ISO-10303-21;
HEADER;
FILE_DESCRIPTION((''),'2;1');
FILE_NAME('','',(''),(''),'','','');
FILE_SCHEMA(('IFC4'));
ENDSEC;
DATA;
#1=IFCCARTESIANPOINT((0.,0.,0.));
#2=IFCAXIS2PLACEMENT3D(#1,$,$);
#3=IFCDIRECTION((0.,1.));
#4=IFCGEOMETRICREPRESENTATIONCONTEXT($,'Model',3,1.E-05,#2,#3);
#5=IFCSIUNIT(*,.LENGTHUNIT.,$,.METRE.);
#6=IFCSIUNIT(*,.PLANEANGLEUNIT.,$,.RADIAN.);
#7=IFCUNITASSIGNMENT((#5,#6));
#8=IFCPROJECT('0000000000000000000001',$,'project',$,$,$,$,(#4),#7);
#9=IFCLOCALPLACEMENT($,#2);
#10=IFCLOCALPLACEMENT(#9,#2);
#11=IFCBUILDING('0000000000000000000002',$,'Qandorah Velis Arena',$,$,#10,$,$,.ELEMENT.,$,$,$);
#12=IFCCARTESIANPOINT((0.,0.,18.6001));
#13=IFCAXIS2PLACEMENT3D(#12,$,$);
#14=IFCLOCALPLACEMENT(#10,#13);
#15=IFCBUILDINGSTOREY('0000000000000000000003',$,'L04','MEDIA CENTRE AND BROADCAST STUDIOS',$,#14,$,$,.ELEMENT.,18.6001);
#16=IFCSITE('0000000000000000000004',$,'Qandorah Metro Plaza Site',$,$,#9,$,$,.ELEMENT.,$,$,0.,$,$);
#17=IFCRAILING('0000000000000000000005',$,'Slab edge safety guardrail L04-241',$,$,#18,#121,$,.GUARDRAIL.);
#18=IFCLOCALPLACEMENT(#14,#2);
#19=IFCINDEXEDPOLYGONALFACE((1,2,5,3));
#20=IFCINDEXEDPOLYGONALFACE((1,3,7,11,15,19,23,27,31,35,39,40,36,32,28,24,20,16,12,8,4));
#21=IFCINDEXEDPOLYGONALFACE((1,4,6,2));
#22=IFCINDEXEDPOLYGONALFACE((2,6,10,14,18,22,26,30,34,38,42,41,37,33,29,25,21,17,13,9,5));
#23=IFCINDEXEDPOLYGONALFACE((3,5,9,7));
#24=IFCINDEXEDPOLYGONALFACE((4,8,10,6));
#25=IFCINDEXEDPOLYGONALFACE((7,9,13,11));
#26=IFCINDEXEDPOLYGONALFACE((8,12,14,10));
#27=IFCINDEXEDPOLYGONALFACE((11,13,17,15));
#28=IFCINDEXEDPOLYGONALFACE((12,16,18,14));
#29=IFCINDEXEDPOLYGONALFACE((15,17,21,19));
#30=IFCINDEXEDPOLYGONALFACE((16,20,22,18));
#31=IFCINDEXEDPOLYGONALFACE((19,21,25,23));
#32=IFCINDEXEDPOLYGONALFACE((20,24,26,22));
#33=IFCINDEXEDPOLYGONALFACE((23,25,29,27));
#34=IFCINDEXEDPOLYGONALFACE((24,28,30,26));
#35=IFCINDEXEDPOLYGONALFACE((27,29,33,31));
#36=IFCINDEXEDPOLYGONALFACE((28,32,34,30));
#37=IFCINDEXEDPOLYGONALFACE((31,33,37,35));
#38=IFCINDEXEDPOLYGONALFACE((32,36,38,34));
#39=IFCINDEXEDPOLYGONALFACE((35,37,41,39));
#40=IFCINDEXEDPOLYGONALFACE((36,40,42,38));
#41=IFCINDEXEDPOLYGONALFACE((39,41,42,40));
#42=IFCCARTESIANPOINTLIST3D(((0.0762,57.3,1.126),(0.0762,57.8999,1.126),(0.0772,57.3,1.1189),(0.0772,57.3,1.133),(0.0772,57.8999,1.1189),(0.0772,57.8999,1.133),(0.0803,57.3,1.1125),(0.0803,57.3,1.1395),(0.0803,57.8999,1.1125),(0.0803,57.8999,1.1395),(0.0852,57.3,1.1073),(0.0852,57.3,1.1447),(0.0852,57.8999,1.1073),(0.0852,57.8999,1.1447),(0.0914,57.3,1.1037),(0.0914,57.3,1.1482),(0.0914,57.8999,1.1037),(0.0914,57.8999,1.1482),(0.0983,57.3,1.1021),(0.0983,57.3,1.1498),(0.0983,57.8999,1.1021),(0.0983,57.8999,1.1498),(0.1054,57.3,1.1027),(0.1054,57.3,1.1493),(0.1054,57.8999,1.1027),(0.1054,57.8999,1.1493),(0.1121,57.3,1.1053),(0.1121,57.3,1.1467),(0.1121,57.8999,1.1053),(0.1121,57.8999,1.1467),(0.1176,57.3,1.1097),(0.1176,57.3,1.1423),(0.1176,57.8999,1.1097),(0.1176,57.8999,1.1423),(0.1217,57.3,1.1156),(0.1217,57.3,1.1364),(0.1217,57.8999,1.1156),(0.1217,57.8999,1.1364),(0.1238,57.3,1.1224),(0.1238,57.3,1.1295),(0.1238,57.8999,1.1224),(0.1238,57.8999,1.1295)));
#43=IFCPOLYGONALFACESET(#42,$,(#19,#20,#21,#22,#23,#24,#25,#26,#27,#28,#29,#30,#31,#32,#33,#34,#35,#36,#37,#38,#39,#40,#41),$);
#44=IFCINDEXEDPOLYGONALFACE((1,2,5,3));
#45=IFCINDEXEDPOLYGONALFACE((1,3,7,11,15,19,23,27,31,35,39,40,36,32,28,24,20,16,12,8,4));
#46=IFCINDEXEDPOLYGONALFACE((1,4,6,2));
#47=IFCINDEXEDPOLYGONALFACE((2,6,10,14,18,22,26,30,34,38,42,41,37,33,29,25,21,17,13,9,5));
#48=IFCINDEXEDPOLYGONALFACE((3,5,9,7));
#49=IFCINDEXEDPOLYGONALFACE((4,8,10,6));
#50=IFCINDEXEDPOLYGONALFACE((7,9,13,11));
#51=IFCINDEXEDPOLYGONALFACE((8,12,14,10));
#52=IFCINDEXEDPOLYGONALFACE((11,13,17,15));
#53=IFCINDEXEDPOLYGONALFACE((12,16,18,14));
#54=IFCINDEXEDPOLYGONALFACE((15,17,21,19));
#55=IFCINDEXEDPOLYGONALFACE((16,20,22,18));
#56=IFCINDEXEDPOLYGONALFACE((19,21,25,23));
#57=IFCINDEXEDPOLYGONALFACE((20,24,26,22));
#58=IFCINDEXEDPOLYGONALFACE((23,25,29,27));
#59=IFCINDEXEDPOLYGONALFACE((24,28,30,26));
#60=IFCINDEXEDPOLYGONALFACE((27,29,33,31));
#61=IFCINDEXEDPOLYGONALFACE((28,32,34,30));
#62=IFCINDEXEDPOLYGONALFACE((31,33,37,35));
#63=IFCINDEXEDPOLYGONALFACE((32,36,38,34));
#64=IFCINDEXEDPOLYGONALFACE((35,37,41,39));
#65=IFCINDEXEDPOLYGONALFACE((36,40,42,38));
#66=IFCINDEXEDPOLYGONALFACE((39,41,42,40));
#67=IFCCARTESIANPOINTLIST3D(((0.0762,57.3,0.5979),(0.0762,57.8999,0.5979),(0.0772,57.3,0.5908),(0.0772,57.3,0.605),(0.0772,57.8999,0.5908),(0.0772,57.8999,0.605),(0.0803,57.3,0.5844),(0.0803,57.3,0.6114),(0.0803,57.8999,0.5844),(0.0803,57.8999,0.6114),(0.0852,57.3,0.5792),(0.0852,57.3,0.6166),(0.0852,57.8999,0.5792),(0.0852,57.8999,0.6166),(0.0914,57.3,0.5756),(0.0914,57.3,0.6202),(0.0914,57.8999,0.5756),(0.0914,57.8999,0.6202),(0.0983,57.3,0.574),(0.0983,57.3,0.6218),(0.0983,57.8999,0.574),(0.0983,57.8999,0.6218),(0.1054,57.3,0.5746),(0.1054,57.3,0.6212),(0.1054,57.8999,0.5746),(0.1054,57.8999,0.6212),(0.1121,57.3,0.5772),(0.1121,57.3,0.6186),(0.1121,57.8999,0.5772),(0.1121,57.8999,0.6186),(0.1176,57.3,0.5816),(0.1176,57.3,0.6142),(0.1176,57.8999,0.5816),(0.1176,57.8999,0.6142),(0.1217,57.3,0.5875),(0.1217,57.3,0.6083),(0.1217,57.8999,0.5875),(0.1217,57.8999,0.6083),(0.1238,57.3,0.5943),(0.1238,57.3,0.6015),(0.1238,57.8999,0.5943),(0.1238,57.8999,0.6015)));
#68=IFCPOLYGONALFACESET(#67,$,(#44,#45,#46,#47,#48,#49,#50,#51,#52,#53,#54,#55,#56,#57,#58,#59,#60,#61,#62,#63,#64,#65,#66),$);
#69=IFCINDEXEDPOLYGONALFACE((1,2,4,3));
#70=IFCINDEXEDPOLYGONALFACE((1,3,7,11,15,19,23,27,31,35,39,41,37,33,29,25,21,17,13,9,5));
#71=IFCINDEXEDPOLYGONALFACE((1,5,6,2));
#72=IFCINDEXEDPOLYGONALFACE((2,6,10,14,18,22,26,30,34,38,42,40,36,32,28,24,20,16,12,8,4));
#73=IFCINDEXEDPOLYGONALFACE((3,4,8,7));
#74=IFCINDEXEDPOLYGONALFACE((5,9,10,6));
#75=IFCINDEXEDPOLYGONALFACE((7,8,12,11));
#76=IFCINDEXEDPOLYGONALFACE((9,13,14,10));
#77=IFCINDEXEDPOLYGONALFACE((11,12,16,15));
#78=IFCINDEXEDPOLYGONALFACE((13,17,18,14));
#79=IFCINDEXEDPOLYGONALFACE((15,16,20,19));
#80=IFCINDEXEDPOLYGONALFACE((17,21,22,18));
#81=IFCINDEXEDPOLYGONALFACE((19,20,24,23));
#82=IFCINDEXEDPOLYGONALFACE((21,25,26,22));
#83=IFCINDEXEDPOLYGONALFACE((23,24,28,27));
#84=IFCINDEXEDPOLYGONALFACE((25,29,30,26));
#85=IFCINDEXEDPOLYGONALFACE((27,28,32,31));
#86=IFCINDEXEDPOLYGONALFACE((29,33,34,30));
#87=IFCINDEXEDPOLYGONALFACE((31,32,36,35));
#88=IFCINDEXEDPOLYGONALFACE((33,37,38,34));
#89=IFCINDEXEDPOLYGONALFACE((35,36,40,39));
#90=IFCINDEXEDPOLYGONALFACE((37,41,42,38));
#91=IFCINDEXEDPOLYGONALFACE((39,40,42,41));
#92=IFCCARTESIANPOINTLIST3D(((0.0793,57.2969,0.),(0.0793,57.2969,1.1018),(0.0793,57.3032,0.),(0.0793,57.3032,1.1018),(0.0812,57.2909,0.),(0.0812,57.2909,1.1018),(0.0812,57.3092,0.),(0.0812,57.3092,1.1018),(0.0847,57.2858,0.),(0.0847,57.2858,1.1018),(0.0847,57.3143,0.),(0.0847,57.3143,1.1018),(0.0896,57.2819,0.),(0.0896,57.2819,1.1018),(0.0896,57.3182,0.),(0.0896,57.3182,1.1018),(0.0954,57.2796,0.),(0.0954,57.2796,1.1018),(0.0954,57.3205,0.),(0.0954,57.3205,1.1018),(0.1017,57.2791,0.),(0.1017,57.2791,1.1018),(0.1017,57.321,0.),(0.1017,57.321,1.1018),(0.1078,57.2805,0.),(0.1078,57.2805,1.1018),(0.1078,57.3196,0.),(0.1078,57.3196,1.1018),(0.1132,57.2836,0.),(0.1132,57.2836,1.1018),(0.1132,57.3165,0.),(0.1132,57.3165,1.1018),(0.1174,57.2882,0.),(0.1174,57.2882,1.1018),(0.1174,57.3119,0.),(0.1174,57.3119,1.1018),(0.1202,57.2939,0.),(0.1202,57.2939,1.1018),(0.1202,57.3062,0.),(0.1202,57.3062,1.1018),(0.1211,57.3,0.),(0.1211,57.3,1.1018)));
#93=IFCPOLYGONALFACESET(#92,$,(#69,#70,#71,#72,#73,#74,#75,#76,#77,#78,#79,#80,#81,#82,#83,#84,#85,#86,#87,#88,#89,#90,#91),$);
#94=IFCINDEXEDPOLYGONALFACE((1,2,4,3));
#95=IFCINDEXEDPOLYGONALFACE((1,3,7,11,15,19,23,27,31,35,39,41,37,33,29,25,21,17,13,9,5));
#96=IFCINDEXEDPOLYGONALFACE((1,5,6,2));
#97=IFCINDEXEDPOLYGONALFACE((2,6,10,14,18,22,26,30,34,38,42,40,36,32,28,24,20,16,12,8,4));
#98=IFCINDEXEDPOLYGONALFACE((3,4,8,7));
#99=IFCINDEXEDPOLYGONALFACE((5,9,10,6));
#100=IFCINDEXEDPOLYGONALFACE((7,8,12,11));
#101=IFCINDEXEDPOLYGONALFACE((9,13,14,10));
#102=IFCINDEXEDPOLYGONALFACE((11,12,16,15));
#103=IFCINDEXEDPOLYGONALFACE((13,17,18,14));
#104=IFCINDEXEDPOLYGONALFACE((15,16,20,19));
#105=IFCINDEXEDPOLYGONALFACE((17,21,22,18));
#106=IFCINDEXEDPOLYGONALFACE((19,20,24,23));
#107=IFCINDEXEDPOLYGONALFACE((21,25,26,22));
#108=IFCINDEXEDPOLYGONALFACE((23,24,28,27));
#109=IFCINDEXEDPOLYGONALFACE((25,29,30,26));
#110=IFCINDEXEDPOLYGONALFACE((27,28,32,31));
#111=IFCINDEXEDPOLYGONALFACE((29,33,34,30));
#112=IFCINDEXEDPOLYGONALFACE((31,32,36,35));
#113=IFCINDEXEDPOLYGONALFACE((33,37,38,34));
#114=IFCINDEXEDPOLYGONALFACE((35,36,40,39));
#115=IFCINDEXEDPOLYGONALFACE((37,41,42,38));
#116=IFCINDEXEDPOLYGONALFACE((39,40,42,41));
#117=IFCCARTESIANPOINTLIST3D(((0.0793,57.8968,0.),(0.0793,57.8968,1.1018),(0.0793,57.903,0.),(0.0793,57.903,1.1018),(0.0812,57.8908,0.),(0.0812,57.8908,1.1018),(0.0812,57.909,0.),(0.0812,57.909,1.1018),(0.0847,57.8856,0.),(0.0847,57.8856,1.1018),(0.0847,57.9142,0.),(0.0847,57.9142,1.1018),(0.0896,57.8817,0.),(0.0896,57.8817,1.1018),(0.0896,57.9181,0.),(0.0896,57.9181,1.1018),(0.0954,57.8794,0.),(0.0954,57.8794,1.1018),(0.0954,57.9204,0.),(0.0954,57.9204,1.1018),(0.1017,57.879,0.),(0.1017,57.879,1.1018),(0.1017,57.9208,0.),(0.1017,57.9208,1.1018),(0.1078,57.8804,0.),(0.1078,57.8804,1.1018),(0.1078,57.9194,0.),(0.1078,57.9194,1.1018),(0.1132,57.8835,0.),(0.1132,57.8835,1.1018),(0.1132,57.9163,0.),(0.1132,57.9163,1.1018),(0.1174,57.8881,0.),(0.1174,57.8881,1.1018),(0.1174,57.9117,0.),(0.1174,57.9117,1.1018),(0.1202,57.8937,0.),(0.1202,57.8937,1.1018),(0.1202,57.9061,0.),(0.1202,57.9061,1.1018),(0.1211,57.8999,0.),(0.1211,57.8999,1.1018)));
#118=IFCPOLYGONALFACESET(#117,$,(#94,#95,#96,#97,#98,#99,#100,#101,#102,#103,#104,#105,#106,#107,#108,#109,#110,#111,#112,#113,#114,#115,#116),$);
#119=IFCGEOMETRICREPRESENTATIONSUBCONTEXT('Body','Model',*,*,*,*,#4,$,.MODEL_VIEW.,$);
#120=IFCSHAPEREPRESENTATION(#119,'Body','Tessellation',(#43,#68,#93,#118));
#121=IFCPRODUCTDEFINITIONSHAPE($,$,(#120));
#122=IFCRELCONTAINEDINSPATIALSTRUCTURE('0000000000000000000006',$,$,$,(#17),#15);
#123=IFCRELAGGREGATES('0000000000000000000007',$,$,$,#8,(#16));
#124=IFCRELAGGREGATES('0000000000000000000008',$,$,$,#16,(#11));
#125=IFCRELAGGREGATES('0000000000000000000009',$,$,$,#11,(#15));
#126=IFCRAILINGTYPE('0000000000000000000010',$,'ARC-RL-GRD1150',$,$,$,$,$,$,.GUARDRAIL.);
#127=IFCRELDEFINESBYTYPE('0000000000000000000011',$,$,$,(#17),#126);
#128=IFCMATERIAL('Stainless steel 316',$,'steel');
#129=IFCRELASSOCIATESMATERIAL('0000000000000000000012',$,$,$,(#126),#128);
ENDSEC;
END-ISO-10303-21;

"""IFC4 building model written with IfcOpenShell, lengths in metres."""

from ifc_helpers import new_model, si_unit, direction, frame, origin, origin_2d, place, context, subcontext, project, spatial, circle, extrude, material, type_object, element, save


model = new_model("IFC4")

# Units and contexts
model_context = context("Model", 3, precision=1e-05, world=origin(), true_north=direction((0.0, 1.0)))
body_context = subcontext(model_context, "Body", "Model", "MODEL_VIEW")
ifc_project = project(units=[si_unit("LENGTHUNIT", "METRE"), si_unit("PLANEANGLEUNIT", "RADIAN")], contexts=[model_context])

# Site, building, storey
site_placement = place(None, origin())
site = spatial("IfcSite", under=ifc_project, at=site_placement, Name="Qandorah Metro Plaza Site", CompositionType="ELEMENT", RefElevation=0.0)
building_placement = place(site_placement, origin())
building = spatial("IfcBuilding", under=site, at=building_placement, Name="Qandorah Velis Arena", CompositionType="ELEMENT")
storey_placement = place(building_placement, frame((0.0, 0.0, 18.6001)))
storey = spatial("IfcBuildingStorey", under=building, at=storey_placement, Name="L04", Description="MEDIA CENTRE AND BROADCAST STUDIOS", CompositionType="ELEMENT", Elevation=18.6001)

# Railing
ifc_material_1 = material(Name="Stainless steel 316", Category="steel")
railing_type = type_object("IfcRailingType", Name="ARC-RL-GRD1150", PredefinedType="GUARDRAIL", material=ifc_material_1)
railing_placement = place(storey_placement, frame((0.1001, 57.3, 0.0)))
element("IfcRailing", 1, at=railing_placement, inside=storey, type_object=railing_type, Name="Slab edge safety guardrail L04-241", PredefinedType="GUARDRAIL", context=body_context, shape_type="SweptSolid", body=[
    extrude(circle(Radius=0.0239, at=origin_2d()), frame((0.0, 0.0, 1.126), z_axis=(0.0, 1.0, 0.0), x_axis=(-1.0, 0.0, 0.0)), (0.0, 0.0, 1.0), 0.5999),
    extrude(circle(Radius=0.0239, at=origin_2d()), frame((0.0, 0.0, 0.5979), z_axis=(0.0, 1.0, 0.0), x_axis=(-1.0, 0.0, 0.0)), (0.0, 0.0, 1.0), 0.5999),
    extrude(circle(Radius=0.021, at=origin_2d()), origin(), (0.0, 0.0, 1.0), 1.1018),
    extrude(circle(Radius=0.021, at=origin_2d()), frame((0.0, 0.5999, 0.0)), (0.0, 0.0, 1.0), 1.1018),
])

save(model, "model.ifc")
